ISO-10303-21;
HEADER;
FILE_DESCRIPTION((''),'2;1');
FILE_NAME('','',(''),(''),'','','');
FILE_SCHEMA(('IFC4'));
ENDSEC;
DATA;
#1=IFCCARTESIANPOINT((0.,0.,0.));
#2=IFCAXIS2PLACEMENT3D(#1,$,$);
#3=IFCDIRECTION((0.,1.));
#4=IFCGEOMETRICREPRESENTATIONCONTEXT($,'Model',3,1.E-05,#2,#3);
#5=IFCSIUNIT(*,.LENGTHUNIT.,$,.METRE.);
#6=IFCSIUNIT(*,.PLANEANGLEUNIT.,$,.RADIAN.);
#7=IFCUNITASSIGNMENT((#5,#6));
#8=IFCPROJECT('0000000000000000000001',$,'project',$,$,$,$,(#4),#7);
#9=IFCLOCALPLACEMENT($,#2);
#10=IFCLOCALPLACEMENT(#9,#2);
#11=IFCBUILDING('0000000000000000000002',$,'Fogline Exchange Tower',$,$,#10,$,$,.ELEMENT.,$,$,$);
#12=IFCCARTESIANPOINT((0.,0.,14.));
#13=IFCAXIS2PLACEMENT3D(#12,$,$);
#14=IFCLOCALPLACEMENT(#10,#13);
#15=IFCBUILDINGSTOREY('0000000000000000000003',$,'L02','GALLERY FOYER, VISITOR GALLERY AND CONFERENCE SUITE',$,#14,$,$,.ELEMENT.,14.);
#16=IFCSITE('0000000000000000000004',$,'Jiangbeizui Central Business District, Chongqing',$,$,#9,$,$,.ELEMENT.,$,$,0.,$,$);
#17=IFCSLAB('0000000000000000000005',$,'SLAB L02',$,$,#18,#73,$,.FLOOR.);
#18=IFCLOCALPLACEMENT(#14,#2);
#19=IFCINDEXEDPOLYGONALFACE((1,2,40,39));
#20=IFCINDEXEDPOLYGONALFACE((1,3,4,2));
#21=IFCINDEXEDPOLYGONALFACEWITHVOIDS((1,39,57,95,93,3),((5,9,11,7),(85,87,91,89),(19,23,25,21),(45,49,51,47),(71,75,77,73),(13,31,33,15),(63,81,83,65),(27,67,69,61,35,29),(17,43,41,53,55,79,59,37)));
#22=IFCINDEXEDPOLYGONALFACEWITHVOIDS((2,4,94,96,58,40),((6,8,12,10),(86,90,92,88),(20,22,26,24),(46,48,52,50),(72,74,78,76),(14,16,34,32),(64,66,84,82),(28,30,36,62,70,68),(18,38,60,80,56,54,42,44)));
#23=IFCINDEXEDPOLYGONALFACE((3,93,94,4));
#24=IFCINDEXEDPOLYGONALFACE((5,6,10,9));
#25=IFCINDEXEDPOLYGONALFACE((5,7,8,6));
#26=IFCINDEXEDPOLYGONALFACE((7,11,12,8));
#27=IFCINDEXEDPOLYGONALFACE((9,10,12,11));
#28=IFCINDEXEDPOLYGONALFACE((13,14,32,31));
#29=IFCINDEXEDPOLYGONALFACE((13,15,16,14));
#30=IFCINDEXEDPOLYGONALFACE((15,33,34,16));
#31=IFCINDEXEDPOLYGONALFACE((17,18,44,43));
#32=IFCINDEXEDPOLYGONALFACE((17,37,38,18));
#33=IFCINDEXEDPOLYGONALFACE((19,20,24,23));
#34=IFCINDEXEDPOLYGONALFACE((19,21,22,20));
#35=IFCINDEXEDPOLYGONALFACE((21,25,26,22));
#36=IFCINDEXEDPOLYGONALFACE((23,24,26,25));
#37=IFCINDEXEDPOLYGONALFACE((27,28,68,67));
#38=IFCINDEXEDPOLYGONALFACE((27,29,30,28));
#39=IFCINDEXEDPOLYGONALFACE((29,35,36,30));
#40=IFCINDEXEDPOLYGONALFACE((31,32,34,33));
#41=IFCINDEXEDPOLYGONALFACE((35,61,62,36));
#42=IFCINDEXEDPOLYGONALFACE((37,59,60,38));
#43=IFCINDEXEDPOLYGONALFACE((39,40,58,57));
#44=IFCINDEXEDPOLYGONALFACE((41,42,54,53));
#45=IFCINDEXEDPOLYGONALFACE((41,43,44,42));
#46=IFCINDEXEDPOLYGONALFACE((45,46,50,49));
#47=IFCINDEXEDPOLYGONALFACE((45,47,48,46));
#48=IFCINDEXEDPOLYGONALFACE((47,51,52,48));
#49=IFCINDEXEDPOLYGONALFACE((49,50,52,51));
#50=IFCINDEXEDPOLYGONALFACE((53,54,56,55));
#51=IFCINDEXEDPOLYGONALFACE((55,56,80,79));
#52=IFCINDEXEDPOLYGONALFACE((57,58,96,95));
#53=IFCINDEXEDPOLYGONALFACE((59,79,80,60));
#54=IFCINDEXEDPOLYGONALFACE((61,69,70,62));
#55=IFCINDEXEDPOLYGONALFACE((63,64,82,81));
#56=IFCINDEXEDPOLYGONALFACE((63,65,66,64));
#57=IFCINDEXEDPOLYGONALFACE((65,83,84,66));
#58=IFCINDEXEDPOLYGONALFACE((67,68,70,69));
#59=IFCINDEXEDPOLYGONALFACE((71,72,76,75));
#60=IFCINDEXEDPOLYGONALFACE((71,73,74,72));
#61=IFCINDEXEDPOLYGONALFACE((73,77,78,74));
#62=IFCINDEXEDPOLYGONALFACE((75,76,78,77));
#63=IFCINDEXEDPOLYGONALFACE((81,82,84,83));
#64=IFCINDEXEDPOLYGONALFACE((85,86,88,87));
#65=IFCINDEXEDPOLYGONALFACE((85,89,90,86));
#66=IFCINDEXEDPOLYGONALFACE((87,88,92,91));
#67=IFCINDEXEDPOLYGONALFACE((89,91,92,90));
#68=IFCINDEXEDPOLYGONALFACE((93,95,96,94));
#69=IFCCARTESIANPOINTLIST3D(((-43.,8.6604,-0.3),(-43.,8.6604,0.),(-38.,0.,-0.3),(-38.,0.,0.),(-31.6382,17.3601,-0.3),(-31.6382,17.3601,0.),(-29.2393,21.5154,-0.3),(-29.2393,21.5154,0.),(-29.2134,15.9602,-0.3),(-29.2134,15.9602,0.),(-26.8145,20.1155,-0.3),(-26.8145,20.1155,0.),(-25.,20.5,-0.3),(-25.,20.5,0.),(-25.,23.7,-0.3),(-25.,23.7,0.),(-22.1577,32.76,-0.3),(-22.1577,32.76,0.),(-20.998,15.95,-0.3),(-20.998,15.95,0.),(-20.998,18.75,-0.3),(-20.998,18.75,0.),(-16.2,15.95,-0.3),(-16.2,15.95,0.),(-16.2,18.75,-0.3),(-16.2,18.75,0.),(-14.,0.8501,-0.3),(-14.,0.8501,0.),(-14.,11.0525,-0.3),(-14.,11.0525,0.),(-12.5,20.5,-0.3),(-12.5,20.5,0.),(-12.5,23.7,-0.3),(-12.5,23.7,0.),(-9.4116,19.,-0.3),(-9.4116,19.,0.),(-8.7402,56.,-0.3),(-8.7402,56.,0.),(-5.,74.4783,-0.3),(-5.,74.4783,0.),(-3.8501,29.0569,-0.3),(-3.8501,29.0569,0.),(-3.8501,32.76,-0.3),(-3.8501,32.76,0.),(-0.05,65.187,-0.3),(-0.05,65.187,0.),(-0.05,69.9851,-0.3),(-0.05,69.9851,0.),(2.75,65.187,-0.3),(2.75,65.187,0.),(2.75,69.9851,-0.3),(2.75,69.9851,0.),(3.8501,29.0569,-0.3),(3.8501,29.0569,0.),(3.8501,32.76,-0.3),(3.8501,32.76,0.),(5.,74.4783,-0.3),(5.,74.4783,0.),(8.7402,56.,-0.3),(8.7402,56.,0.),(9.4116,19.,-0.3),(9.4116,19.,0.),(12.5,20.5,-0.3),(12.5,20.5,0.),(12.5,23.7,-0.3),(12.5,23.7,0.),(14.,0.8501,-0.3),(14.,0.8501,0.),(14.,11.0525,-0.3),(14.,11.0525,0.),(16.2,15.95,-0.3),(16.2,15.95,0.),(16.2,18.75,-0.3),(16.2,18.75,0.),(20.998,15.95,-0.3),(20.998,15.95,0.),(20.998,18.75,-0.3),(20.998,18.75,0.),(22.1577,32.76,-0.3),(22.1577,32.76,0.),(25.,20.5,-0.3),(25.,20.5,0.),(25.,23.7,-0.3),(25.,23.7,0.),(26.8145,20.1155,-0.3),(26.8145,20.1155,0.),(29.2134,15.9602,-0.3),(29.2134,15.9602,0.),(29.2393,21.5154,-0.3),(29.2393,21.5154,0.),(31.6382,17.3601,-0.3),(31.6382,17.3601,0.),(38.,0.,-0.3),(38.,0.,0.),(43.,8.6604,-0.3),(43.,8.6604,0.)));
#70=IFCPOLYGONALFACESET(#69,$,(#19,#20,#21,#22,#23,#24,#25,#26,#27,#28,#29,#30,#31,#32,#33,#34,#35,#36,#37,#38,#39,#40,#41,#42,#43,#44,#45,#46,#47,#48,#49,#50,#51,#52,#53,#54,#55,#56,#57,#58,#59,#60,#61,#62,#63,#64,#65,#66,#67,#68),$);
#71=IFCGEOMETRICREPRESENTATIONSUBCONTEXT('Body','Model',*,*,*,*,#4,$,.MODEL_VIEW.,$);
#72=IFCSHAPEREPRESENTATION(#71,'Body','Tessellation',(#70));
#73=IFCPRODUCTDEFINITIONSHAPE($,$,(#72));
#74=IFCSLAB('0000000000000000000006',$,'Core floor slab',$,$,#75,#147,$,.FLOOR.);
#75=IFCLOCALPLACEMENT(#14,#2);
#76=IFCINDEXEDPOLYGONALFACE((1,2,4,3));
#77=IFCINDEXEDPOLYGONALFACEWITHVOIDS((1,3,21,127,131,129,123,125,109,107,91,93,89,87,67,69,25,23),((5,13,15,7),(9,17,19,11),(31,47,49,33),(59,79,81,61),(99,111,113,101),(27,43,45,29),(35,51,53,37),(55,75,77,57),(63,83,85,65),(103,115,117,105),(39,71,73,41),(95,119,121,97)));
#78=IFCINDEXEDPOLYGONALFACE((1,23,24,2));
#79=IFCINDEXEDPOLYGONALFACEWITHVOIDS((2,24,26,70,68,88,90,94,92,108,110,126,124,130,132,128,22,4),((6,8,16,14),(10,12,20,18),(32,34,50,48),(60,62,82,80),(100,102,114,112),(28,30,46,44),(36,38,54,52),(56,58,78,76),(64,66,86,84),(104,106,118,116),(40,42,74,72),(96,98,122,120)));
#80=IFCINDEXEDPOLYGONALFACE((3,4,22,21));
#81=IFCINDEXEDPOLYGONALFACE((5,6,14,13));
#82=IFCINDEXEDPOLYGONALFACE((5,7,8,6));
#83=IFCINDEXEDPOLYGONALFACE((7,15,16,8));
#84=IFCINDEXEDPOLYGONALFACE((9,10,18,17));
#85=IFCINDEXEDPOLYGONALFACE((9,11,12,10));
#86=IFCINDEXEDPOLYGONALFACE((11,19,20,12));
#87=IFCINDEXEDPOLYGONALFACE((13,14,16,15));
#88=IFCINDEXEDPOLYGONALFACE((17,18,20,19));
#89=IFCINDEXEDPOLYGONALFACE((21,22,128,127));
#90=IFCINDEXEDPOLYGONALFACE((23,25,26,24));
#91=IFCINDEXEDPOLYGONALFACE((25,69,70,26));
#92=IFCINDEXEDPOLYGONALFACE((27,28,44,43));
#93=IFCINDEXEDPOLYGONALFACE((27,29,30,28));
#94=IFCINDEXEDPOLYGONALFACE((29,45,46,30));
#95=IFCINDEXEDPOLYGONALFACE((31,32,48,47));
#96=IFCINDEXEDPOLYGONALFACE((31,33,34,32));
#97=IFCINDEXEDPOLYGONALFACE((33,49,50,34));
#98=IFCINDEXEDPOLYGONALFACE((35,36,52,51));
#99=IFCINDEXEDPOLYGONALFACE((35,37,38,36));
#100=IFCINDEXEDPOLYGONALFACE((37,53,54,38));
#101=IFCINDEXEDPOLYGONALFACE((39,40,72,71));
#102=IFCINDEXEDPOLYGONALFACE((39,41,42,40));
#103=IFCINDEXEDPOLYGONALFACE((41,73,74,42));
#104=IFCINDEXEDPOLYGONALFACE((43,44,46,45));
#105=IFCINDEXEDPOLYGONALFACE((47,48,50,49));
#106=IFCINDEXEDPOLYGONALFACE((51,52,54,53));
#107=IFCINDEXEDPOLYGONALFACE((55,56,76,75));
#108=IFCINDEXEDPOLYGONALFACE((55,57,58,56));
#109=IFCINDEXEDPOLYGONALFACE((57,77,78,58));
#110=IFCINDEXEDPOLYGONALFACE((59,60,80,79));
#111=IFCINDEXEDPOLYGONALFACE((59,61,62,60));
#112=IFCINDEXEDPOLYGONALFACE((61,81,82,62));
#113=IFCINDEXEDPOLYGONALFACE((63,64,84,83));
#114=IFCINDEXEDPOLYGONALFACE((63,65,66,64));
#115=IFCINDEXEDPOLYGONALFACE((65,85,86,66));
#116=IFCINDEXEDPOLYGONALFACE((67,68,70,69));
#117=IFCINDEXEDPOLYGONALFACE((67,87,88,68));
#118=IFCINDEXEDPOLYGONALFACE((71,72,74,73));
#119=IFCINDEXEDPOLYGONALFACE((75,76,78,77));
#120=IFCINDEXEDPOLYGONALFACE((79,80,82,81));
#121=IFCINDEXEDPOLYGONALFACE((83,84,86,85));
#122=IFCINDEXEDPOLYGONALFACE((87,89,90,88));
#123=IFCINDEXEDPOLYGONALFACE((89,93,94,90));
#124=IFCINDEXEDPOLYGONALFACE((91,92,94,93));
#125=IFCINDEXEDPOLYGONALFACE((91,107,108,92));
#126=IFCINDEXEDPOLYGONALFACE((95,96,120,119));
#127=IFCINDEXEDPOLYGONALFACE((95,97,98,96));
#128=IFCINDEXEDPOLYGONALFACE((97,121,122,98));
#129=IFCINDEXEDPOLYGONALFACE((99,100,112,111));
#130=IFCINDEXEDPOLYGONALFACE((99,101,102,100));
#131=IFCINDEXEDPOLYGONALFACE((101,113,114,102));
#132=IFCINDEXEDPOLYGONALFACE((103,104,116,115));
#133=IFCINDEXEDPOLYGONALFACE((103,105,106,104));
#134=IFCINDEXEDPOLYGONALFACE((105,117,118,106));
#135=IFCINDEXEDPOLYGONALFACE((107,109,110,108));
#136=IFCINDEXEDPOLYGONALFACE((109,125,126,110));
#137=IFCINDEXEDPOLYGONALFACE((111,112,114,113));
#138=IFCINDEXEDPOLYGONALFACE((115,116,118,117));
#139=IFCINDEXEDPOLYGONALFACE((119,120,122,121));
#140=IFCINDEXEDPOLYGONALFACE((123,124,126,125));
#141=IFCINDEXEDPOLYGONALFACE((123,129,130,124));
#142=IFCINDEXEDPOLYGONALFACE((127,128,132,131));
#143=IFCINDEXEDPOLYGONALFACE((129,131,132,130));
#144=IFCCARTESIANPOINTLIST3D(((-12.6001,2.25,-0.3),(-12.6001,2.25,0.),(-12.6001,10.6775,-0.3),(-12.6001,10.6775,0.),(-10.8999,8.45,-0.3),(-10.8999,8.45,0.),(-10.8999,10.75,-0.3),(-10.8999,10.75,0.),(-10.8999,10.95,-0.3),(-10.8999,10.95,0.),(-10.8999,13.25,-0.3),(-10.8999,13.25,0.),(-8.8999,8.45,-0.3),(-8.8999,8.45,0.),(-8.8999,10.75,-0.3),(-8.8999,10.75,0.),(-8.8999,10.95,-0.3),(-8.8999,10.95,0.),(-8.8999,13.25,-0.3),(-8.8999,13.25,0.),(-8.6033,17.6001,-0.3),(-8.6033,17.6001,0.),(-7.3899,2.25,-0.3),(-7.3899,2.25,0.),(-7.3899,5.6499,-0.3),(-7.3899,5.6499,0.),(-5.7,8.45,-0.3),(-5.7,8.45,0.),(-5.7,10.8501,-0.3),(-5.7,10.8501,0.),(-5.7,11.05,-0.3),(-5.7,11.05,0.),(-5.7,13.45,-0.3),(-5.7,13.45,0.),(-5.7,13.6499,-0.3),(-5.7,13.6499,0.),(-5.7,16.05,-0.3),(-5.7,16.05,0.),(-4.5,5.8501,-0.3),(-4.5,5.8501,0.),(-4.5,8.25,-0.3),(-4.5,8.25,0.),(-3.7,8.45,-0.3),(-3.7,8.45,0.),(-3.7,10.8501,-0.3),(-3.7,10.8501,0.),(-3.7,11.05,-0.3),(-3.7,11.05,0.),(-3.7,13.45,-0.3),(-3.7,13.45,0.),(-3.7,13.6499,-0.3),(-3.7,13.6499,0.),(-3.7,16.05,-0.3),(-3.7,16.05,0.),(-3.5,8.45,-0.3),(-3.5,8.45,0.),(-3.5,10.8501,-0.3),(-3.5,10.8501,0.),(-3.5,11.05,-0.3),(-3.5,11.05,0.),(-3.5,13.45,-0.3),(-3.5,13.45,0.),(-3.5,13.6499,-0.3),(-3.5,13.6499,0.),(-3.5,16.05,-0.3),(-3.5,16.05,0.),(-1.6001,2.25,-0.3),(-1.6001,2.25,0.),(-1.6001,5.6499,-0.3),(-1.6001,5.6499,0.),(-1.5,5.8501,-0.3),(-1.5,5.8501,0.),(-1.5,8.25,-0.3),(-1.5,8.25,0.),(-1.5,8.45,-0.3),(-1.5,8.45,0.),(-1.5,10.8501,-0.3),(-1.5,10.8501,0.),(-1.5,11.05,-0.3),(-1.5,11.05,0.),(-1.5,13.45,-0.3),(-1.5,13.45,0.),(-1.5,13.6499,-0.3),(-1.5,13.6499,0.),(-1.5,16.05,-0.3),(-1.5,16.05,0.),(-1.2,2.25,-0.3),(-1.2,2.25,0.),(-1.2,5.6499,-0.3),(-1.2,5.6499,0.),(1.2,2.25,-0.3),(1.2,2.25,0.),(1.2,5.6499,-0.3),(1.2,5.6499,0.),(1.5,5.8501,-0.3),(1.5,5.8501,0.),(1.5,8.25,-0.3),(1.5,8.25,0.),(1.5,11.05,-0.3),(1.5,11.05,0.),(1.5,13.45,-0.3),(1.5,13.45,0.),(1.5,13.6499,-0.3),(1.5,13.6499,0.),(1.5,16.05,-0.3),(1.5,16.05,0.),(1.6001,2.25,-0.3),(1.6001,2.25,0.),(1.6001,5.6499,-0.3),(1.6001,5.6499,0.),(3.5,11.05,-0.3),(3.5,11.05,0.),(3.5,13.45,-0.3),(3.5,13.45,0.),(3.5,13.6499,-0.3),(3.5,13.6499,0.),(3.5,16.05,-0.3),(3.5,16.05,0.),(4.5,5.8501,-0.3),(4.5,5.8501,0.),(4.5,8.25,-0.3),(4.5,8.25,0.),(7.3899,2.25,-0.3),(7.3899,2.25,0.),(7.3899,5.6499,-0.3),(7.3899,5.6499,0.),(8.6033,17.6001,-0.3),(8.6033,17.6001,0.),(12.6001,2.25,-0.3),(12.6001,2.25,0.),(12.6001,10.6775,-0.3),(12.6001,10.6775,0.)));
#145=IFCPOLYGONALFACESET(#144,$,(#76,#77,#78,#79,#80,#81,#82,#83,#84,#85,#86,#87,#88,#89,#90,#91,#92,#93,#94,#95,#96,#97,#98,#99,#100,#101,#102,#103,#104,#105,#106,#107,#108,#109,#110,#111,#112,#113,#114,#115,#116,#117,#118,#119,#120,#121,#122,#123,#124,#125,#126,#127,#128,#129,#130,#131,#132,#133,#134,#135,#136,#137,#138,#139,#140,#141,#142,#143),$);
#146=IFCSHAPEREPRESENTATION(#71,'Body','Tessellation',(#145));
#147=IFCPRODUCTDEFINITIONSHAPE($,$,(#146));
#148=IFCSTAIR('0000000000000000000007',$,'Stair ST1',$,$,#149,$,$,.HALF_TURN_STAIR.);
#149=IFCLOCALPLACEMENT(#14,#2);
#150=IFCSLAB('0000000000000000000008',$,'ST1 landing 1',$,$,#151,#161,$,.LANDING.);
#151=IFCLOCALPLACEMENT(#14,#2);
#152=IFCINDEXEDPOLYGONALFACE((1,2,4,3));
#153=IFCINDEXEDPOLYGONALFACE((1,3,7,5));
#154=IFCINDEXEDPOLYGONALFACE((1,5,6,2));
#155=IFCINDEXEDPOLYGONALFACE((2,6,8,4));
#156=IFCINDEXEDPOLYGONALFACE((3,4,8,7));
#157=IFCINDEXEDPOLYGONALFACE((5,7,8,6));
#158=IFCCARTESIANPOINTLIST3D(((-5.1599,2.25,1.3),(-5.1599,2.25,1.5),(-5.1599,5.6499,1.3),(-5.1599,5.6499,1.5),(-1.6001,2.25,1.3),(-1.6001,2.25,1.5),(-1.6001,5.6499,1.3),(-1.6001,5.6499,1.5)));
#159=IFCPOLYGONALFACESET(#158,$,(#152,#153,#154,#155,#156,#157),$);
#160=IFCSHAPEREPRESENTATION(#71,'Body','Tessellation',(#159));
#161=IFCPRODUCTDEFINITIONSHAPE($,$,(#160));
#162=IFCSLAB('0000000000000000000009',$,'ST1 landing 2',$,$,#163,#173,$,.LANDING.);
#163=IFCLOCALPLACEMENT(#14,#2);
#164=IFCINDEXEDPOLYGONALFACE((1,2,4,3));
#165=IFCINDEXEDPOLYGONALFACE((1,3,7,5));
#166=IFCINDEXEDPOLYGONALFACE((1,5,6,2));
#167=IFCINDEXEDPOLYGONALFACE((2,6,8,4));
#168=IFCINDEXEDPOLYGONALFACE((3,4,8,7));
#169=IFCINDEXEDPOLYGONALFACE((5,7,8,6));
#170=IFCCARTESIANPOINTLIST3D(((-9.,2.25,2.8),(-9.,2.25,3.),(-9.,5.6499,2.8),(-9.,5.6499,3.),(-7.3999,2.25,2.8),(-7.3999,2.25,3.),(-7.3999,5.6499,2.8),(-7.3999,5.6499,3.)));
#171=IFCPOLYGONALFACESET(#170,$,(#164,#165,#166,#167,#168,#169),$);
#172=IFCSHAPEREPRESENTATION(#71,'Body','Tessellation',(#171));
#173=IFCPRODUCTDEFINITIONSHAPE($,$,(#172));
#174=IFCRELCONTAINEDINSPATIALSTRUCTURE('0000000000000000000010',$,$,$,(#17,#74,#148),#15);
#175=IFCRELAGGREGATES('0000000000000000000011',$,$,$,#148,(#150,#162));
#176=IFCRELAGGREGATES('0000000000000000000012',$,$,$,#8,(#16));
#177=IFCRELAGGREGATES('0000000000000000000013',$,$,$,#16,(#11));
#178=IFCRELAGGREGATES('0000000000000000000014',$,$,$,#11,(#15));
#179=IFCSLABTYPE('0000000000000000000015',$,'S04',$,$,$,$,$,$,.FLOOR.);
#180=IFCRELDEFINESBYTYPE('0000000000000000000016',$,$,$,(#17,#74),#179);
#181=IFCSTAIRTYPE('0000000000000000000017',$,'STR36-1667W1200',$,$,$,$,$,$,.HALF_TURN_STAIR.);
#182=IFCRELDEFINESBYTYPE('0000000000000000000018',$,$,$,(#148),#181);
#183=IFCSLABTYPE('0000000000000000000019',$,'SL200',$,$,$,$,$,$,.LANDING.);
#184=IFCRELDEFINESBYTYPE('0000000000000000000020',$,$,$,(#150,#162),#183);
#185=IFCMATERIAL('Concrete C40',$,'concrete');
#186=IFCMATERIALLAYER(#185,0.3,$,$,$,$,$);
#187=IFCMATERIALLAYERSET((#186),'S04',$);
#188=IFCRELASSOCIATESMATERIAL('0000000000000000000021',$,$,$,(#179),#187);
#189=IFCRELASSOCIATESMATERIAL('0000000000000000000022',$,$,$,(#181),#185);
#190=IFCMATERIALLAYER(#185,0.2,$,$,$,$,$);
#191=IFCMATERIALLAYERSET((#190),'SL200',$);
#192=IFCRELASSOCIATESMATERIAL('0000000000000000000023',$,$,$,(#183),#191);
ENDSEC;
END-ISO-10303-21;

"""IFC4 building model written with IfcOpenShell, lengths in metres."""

from ifc_helpers import new_model, si_unit, direction, frame, origin, place, context, subcontext, project, spatial, polyline, outline, extrude, material, layer, layer_set, type_object, element, aggregate, save


model = new_model("IFC4")

# Units and contexts
model_context = context("Model", 3, precision=1e-05, world=origin(), true_north=direction((0.0, 1.0)))
body_context = subcontext(model_context, "Body", "Model", "MODEL_VIEW")
ifc_project = project(units=[si_unit("LENGTHUNIT", "METRE"), si_unit("PLANEANGLEUNIT", "RADIAN")], contexts=[model_context])

# Site, building, storey
site_placement = place(None, origin())
site = spatial("IfcSite", under=ifc_project, at=site_placement, Name="Jiangbeizui Central Business District, Chongqing", CompositionType="ELEMENT", RefElevation=0.0)
building_placement = place(site_placement, origin())
building = spatial("IfcBuilding", under=site, at=building_placement, Name="Fogline Exchange Tower", CompositionType="ELEMENT")
storey_placement = place(building_placement, frame((0.0, 0.0, 14.0)))
storey = spatial("IfcBuildingStorey", under=building, at=storey_placement, Name="L02", Description="GALLERY FOYER, VISITOR GALLERY AND CONFERENCE SUITE", CompositionType="ELEMENT", Elevation=14.0)

# Slabs
ifc_material_1 = material(Name="Concrete C40", Category="concrete")
ifc_layer_1 = layer(ifc_material_1, 0.3)
ifc_layer_set_1 = layer_set([ifc_layer_1], Name="S04")
slab_type_1 = type_object("IfcSlabType", Name="S04", PredefinedType="FLOOR", material=ifc_layer_set_1)
slab_1_placement = place(storey_placement, frame((0.0, 0.0, -0.3)))
element("IfcSlab", 1, at=slab_1_placement, inside=storey, type_object=slab_type_1, Name="SLAB L02", PredefinedType="FLOOR", context=body_context, shape_type="SweptSolid", body=[
    extrude(outline(polyline([(38.0, 0.0), (43.0, 8.6604), (5.0, 74.4783), (-5.0, 74.4783), (-43.0, 8.6604), (-38.0, 0.0), (38.0, 0.0)]), holes=[polyline([(-9.4116, 19.0), (9.4116, 19.0), (14.0, 11.0525), (14.0, 0.8501), (-14.0, 0.8501), (-14.0, 11.0525), (-9.4116, 19.0)]), polyline([(8.7402, 56.0), (22.1577, 32.76), (3.8501, 32.76), (3.8501, 29.0569), (-3.8501, 29.0569), (-3.8501, 32.76), (-22.1577, 32.76), (-8.7402, 56.0), (8.7402, 56.0)]), polyline([(-16.2, 18.75), (-16.2, 15.95), (-20.998, 15.95), (-20.998, 18.75), (-16.2, 18.75)]), polyline([(16.2, 18.75), (20.998, 18.75), (20.998, 15.95), (16.2, 15.95), (16.2, 18.75)]), polyline([(-26.8145, 20.1155), (-29.2134, 15.9602), (-31.6382, 17.3601), (-29.2393, 21.5154), (-26.8145, 20.1155)]), polyline([(29.2134, 15.9602), (26.8145, 20.1155), (29.2393, 21.5154), (31.6382, 17.3601), (29.2134, 15.9602)]), polyline([(-25.0, 20.5), (-25.0, 23.7), (-12.5, 23.7), (-12.5, 20.5), (-25.0, 20.5)]), polyline([(12.5, 20.5), (12.5, 23.7), (25.0, 23.7), (25.0, 20.5), (12.5, 20.5)]), polyline([(2.75, 69.9851), (2.75, 65.187), (-0.05, 65.187), (-0.05, 69.9851), (2.75, 69.9851)])]), origin(), (0.0, 0.0, 1.0), 0.3),
])
slab_2_placement = place(storey_placement, frame((0.0, 0.0, -0.3)))
element("IfcSlab", 2, at=slab_2_placement, inside=storey, type_object=slab_type_1, Name="Core floor slab", PredefinedType="FLOOR", context=body_context, shape_type="SweptSolid", body=[
    extrude(outline(polyline([(-12.6001, 2.25), (-12.6001, 10.6775), (-8.6033, 17.6001), (8.6033, 17.6001), (12.6001, 10.6775), (12.6001, 2.25), (7.3899, 2.25), (7.3899, 5.6499), (1.6001, 5.6499), (1.6001, 2.25), (1.2, 2.25), (1.2, 5.6499), (-1.2, 5.6499), (-1.2, 2.25), (-1.6001, 2.25), (-1.6001, 5.6499), (-7.3899, 5.6499), (-7.3899, 2.25), (-12.6001, 2.25)]), holes=[polyline([(-1.5, 8.25), (-4.5, 8.25), (-4.5, 5.8501), (-1.5, 5.8501), (-1.5, 8.25)]), polyline([(-8.8999, 10.75), (-10.8999, 10.75), (-10.8999, 8.45), (-8.8999, 8.45), (-8.8999, 10.75)]), polyline([(-3.7, 10.8501), (-5.7, 10.8501), (-5.7, 8.45), (-3.7, 8.45), (-3.7, 10.8501)]), polyline([(-1.5, 10.8501), (-3.5, 10.8501), (-3.5, 8.45), (-1.5, 8.45), (-1.5, 10.8501)]), polyline([(-8.8999, 13.25), (-10.8999, 13.25), (-10.8999, 10.95), (-8.8999, 10.95), (-8.8999, 13.25)]), polyline([(-3.7, 13.45), (-5.7, 13.45), (-5.7, 11.05), (-3.7, 11.05), (-3.7, 13.45)]), polyline([(-3.7, 16.05), (-5.7, 16.05), (-5.7, 13.6499), (-3.7, 13.6499), (-3.7, 16.05)]), polyline([(4.5, 8.25), (1.5, 8.25), (1.5, 5.8501), (4.5, 5.8501), (4.5, 8.25)]), polyline([(-1.5, 13.45), (-3.5, 13.45), (-3.5, 11.05), (-1.5, 11.05), (-1.5, 13.45)]), polyline([(3.5, 13.45), (1.5, 13.45), (1.5, 11.05), (3.5, 11.05), (3.5, 13.45)]), polyline([(-1.5, 16.05), (-3.5, 16.05), (-3.5, 13.6499), (-1.5, 13.6499), (-1.5, 16.05)]), polyline([(3.5, 16.05), (1.5, 16.05), (1.5, 13.6499), (3.5, 13.6499), (3.5, 16.05)])]), origin(), (0.0, 0.0, 1.0), 0.3),
])

# Stair, slabs
stair_type = type_object("IfcStairType", Name="STR36-1667W1200", PredefinedType="HALF_TURN_STAIR", material=ifc_material_1)
stair_placement = place(storey_placement, origin())
stair = element("IfcStair", 3, at=stair_placement, inside=storey, type_object=stair_type, Name="Stair ST1", PredefinedType="HALF_TURN_STAIR")
ifc_layer_2 = layer(ifc_material_1, 0.2)
ifc_layer_set_2 = layer_set([ifc_layer_2], Name="SL200")
slab_type_2 = type_object("IfcSlabType", Name="SL200", PredefinedType="LANDING", material=ifc_layer_set_2)
slab_3_placement = place(storey_placement, frame((0.0, 0.0, 1.3)))
slab_3 = element("IfcSlab", 4, at=slab_3_placement, type_object=slab_type_2, Name="ST1 landing 1", PredefinedType="LANDING", context=body_context, shape_type="SweptSolid", body=[
    extrude(outline(polyline([(-5.1599, 2.25), (-1.6001, 2.25), (-1.6001, 5.6499), (-5.1599, 5.6499), (-5.1599, 2.25)])), origin(), (0.0, 0.0, 1.0), 0.2),
])
slab_4_placement = place(storey_placement, frame((0.0, 0.0, 2.8)))
slab_4 = element("IfcSlab", 5, at=slab_4_placement, type_object=slab_type_2, Name="ST1 landing 2", PredefinedType="LANDING", context=body_context, shape_type="SweptSolid", body=[
    extrude(outline(polyline([(-9.0, 2.25), (-7.3999, 2.25), (-7.3999, 5.6499), (-9.0, 5.6499), (-9.0, 2.25)])), origin(), (0.0, 0.0, 1.0), 0.2),
])

aggregate(stair, [slab_3, slab_4])

save(model, "model.ifc")
